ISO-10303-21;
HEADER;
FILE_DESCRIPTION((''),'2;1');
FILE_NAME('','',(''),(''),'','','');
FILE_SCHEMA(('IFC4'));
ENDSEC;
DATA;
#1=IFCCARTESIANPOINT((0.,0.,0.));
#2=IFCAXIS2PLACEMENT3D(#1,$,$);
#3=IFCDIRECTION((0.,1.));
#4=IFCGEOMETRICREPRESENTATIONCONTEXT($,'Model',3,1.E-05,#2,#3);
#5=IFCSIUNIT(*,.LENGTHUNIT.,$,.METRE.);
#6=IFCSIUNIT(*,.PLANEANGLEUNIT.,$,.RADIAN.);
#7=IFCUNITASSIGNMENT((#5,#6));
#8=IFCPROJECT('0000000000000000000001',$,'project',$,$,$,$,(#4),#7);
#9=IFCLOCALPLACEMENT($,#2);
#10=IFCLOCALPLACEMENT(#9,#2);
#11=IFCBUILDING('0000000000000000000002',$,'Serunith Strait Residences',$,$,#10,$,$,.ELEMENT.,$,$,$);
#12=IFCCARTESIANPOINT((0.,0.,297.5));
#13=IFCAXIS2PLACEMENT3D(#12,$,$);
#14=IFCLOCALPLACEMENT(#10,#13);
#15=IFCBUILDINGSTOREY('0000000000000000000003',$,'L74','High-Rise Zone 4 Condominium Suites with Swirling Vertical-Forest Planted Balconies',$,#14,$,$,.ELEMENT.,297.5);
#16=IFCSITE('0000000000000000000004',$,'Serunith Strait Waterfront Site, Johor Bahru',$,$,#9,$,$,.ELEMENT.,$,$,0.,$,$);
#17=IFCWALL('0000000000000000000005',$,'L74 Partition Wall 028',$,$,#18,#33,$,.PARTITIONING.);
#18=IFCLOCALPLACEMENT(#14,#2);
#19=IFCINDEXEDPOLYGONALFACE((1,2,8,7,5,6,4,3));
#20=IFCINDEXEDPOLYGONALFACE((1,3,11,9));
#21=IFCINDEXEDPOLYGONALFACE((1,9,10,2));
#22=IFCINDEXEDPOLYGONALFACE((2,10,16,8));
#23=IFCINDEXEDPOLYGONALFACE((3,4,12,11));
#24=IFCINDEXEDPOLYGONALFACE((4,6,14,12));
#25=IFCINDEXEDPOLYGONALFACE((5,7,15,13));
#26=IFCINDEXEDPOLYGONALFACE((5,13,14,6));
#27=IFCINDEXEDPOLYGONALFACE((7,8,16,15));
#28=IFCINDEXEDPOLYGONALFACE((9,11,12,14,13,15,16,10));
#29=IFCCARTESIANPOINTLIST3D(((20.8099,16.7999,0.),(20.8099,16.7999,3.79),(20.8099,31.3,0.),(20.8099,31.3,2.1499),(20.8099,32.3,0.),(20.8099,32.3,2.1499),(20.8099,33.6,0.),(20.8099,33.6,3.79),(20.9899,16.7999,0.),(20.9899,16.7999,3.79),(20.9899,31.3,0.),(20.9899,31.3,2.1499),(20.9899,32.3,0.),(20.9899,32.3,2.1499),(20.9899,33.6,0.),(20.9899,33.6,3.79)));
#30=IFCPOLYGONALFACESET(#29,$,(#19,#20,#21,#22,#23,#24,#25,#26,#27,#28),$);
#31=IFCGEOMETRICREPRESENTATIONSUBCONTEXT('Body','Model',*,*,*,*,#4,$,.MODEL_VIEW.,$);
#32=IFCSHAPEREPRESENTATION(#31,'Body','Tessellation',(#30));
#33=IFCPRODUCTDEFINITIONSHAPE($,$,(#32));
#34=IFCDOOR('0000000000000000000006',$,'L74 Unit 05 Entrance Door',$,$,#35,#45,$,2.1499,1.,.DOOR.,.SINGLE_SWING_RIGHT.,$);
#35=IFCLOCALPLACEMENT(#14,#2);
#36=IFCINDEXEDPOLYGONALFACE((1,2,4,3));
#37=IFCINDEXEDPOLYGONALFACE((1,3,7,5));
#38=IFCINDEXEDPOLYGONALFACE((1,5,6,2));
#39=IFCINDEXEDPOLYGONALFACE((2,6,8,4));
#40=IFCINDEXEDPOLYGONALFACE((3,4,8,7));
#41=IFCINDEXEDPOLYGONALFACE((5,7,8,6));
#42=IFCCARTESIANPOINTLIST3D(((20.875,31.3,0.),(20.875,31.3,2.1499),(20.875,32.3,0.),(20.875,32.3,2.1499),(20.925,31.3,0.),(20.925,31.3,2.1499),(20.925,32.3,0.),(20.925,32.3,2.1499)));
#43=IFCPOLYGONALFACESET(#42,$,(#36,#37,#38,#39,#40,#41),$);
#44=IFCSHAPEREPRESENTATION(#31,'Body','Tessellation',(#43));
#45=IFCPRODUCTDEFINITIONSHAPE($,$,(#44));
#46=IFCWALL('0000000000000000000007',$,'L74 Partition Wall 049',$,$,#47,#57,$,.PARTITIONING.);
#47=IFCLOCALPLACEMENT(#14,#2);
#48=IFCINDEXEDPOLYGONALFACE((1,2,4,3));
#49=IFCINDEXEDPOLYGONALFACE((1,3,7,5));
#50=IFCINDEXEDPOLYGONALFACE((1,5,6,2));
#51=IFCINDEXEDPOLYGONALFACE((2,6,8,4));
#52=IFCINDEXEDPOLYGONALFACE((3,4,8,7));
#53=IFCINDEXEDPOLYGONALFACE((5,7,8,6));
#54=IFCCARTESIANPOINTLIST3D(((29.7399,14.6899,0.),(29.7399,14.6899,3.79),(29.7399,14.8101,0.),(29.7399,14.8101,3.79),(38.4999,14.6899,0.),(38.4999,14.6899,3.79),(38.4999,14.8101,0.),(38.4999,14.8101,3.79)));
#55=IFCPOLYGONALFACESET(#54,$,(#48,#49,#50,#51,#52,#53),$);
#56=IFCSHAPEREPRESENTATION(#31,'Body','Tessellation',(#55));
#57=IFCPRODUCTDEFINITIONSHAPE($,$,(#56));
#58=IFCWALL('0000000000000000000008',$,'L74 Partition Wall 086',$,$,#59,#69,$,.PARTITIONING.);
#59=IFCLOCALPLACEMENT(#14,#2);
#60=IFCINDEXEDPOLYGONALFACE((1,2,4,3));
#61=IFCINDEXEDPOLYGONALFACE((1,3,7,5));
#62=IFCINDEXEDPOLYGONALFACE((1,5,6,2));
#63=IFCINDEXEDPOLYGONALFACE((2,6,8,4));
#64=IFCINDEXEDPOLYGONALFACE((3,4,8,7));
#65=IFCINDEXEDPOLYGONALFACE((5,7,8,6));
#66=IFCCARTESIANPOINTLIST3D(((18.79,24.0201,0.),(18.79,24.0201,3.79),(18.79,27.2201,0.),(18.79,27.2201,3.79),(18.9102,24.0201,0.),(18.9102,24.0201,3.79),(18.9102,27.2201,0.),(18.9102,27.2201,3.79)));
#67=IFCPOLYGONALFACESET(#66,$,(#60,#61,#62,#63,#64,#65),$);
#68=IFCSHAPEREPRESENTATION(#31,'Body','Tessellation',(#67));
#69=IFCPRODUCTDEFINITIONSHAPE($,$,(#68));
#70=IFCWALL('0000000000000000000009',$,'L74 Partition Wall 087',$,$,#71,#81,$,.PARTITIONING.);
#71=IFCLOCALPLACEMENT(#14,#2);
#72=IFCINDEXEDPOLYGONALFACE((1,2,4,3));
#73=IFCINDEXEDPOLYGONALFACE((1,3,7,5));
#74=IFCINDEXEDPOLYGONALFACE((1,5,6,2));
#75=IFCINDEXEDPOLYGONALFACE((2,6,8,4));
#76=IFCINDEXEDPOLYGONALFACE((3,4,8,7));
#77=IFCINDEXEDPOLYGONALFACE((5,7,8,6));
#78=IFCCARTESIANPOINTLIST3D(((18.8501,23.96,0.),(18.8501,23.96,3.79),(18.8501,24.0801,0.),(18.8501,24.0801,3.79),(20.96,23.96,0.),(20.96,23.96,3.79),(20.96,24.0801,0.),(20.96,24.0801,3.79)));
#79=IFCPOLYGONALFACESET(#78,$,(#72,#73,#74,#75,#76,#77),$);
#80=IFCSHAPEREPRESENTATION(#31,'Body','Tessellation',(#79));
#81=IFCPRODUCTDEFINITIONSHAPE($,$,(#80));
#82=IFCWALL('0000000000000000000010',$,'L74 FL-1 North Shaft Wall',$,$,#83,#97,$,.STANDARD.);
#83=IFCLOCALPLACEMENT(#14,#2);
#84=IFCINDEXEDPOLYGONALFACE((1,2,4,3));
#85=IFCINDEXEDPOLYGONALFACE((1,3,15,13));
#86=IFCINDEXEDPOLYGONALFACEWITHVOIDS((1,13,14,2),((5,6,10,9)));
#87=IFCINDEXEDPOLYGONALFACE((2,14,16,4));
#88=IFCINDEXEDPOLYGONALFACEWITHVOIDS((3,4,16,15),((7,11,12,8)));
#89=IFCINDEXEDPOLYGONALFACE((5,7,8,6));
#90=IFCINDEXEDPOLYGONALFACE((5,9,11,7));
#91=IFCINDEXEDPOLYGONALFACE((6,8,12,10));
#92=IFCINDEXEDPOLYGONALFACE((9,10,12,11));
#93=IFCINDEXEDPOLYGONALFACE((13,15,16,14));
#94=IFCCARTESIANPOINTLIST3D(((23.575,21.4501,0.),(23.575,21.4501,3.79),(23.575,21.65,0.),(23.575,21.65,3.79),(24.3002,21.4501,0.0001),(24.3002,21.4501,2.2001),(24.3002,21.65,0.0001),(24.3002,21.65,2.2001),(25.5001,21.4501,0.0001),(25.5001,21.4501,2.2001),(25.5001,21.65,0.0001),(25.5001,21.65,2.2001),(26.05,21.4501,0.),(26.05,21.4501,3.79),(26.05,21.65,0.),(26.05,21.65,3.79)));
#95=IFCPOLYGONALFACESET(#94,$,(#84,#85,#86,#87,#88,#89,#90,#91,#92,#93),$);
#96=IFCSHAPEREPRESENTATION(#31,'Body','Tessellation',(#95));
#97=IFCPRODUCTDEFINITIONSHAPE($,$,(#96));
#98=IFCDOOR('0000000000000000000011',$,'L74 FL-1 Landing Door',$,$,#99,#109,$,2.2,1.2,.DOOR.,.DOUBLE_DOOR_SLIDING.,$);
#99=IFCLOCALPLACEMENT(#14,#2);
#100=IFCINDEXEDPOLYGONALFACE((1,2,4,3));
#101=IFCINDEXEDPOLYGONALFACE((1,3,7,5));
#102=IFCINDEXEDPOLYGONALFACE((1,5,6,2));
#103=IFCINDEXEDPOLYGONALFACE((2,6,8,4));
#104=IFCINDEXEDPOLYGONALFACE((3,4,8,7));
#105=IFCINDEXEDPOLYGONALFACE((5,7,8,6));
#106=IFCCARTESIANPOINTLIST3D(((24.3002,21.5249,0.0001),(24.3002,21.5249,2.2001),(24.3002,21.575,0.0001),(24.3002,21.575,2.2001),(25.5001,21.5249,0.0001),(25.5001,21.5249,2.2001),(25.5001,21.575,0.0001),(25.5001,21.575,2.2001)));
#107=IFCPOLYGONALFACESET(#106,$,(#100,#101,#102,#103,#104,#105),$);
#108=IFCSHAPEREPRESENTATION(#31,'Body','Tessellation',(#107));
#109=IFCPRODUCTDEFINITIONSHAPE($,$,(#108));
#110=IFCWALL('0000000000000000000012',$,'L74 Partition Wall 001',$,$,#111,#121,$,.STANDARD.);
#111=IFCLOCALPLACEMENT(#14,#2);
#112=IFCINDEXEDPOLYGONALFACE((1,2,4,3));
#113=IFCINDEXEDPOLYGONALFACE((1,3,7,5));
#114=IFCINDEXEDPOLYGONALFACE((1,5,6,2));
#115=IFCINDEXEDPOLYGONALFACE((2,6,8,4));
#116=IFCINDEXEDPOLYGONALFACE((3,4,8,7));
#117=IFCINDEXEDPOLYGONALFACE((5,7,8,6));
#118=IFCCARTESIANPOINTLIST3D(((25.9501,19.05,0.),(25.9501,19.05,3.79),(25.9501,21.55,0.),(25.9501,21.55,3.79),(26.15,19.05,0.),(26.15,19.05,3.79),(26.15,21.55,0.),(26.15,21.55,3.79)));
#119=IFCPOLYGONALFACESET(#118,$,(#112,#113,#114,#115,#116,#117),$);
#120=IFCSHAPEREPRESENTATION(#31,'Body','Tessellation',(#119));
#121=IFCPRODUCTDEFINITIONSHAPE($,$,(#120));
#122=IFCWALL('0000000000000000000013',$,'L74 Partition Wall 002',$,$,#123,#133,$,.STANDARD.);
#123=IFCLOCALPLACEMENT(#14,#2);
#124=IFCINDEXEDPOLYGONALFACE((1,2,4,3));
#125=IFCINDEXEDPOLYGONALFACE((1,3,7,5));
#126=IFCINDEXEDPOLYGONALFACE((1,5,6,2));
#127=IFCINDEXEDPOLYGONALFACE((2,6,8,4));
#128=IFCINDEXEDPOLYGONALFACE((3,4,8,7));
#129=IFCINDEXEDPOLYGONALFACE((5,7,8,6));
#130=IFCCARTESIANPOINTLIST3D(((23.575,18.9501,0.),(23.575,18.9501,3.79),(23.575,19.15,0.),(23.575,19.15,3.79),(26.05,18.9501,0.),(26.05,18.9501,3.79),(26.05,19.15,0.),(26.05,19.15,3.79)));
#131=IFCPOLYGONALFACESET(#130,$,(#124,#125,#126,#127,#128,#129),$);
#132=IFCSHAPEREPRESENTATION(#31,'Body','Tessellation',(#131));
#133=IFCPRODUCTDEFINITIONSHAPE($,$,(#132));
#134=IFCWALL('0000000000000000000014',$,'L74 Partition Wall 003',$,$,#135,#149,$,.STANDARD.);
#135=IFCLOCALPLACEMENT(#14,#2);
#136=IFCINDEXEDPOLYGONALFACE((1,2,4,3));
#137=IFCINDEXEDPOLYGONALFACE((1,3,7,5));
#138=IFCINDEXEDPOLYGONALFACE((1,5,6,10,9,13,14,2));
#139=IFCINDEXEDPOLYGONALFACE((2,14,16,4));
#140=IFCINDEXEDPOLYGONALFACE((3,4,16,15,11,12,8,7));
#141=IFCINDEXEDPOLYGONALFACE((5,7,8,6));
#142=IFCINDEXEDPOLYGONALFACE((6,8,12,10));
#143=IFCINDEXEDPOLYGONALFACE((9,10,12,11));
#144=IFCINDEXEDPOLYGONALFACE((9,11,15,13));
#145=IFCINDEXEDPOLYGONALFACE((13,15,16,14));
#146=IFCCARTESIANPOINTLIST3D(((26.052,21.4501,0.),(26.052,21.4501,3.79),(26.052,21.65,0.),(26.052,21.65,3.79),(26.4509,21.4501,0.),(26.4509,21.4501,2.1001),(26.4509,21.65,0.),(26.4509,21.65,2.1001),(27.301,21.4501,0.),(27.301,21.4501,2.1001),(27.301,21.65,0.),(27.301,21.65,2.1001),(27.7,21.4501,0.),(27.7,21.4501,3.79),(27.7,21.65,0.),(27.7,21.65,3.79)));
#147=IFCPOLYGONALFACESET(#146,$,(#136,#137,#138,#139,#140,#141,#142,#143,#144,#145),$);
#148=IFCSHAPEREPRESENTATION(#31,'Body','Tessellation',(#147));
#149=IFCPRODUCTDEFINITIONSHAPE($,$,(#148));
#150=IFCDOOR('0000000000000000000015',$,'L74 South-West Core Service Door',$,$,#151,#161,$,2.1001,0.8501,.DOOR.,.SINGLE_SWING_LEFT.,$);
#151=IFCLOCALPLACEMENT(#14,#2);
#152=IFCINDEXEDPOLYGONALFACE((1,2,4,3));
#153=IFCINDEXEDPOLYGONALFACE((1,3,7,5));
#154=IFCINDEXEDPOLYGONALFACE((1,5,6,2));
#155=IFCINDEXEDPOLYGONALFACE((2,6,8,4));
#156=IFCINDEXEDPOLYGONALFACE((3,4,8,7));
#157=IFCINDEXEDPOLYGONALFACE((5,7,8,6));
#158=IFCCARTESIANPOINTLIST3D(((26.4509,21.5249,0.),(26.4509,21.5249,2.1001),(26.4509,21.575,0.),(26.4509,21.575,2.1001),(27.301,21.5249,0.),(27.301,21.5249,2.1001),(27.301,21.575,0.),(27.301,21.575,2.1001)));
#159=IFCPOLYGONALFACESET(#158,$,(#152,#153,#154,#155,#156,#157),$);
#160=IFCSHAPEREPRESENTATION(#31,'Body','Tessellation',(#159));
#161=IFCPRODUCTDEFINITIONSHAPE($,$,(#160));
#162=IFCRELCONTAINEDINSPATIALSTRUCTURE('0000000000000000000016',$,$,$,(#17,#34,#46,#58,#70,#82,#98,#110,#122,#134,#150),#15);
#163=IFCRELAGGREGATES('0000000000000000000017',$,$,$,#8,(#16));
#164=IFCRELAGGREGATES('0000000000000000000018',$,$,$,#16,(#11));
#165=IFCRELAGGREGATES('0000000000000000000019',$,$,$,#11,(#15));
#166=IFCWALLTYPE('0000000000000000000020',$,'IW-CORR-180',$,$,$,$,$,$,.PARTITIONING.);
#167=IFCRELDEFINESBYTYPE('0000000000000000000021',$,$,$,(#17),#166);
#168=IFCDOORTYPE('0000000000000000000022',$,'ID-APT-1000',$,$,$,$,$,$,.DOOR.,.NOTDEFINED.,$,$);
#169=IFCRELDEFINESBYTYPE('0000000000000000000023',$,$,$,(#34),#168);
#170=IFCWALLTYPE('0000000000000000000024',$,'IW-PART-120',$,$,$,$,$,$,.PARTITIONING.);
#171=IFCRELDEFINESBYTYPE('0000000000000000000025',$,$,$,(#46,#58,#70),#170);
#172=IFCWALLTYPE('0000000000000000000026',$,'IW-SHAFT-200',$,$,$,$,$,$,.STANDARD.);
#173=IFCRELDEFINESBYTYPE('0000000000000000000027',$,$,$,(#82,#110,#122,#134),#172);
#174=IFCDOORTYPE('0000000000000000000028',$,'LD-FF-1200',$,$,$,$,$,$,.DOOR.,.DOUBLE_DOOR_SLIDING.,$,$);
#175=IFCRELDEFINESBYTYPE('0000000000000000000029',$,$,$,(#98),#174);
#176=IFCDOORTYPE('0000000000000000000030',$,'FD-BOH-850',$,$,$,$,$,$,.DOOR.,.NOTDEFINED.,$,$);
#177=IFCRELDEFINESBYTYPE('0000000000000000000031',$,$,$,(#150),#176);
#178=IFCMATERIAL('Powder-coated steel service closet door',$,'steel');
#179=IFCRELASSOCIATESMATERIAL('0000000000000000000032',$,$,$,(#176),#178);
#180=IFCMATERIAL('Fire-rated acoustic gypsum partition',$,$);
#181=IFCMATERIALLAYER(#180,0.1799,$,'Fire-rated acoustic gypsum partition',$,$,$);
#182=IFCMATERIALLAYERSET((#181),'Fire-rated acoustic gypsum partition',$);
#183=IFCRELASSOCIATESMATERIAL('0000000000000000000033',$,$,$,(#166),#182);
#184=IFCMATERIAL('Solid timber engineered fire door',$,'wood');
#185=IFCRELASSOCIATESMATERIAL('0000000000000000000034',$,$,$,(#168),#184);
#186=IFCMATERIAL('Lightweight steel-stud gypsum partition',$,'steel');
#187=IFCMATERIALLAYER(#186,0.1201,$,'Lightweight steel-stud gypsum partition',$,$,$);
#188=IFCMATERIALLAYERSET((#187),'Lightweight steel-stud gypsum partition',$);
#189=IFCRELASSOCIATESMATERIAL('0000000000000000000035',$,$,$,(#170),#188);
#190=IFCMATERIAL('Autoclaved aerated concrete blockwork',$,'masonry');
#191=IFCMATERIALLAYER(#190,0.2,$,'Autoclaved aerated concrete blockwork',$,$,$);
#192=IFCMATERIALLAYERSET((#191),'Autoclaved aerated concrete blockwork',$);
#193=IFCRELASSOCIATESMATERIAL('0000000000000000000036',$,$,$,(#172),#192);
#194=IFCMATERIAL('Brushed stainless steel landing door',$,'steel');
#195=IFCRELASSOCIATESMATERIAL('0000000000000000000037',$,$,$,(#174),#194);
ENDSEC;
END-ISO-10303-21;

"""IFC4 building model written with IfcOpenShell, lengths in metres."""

from ifc_helpers import new_model, si_unit, direction, frame, frame_2d, origin, place, context, subcontext, project, spatial, rectangle, extrude, source, transform, mapped, material, layer, layer_set, type_object, element, fill, save


model = new_model("IFC4")

# Units and contexts
model_context = context("Model", 3, precision=1e-05, world=origin(), true_north=direction((0.0, 1.0)))
body_context = subcontext(model_context, "Body", "Model", "MODEL_VIEW")
ifc_project = project(units=[si_unit("LENGTHUNIT", "METRE"), si_unit("PLANEANGLEUNIT", "RADIAN")], contexts=[model_context])

# Site, building, storey
site_placement = place(None, origin())
site = spatial("IfcSite", under=ifc_project, at=site_placement, Name="Serunith Strait Waterfront Site, Johor Bahru", CompositionType="ELEMENT", RefElevation=0.0)
building_placement = place(site_placement, origin())
building = spatial("IfcBuilding", under=site, at=building_placement, Name="Serunith Strait Residences", CompositionType="ELEMENT")
storey_placement = place(building_placement, frame((0.0, 0.0, 297.5)))
storey = spatial("IfcBuildingStorey", under=building, at=storey_placement, Name="L74", Description="High-Rise Zone 4 Condominium Suites with Swirling Vertical-Forest Planted Balconies", CompositionType="ELEMENT", Elevation=297.5)

# Wall, opening, door
ifc_material_1 = material(Name="Powder-coated steel service closet door", Category="steel")
door_type_1 = type_object("IfcDoorType", Name="FD-BOH-850", OperationType="NOTDEFINED", PredefinedType="DOOR", material=ifc_material_1)
shared_shape_1 = source(origin(), body_context, "Body", "SweptSolid", [
    extrude(rectangle(XDim=0.8501, YDim=2.1001, at=frame_2d((0.425, 1.05))), frame((0.0, 0.0249, 0.0), z_axis=(0.0, -1.0, 0.0), x_axis=(1.0, 0.0, 0.0)), (0.0, 0.0, 1.0), 0.05),
])
ifc_material_2 = material(Name="Fire-rated acoustic gypsum partition")
ifc_layer_1 = layer(ifc_material_2, 0.1799, Name="Fire-rated acoustic gypsum partition")
ifc_layer_set_1 = layer_set([ifc_layer_1], Name="Fire-rated acoustic gypsum partition")
wall_type_1 = type_object("IfcWallType", Name="IW-CORR-180", PredefinedType="PARTITIONING", material=ifc_layer_set_1)
ifc_material_3 = material(Name="Solid timber engineered fire door", Category="wood")
door_type_2 = type_object("IfcDoorType", Name="ID-APT-1000", OperationType="NOTDEFINED", PredefinedType="DOOR", material=ifc_material_3)
shared_shape_2 = source(origin(), body_context, "Body", "SweptSolid", [
    extrude(rectangle(XDim=1.0, YDim=2.1499, at=frame_2d((0.5, 1.075))), frame((0.0, 0.0249, 0.0), z_axis=(0.0, -1.0, 0.0), x_axis=(1.0, 0.0, 0.0)), (0.0, 0.0, 1.0), 0.05),
])
wall_1_placement = place(storey_placement, frame((20.8999, 16.8, 0.0), z_axis=(0.0, 0.0, 1.0), x_axis=(0.0, 1.0, 0.0)))
wall_1 = element("IfcWall", 1, at=wall_1_placement, inside=storey, type_object=wall_type_1, Name="L74 Partition Wall 028", PredefinedType="PARTITIONING", context=body_context, shape_type="SweptSolid", body=[
    extrude(rectangle(XDim=16.8, YDim=0.1799, at=frame_2d((8.3999, 0.0))), origin(), (0.0, 0.0, 1.0), 3.79),
])
opening_1_placement = place(wall_1_placement, frame((14.5, 0.0, 0.0)))
opening_1 = element("IfcOpeningElement", 2, at=opening_1_placement, cuts=wall_1, PredefinedType="OPENING", context=body_context, shape_type="SweptSolid", body=[
    extrude(rectangle(XDim=1.0, YDim=2.1499, at=frame_2d((0.5, 1.075))), frame((0.0, 0.1001, 0.0), z_axis=(0.0, -1.0, 0.0), x_axis=(1.0, 0.0, 0.0)), (0.0, 0.0, 1.0), 0.2),
])
door_1_placement = place(opening_1_placement, origin())
door_1 = element("IfcDoor", 3, at=door_1_placement, inside=storey, type_object=door_type_2, Name="L74 Unit 05 Entrance Door", OperationType="SINGLE_SWING_RIGHT", OverallHeight=2.1499, OverallWidth=1.0, PredefinedType="DOOR", context=body_context, shape_type="MappedRepresentation", body=[
    mapped(shared_shape_2, transform((0.0, 0.0, 0.0), scale=1.0)),
])
fill(opening_1, door_1)

# Walls
ifc_material_4 = material(Name="Lightweight steel-stud gypsum partition", Category="steel")
ifc_layer_2 = layer(ifc_material_4, 0.1201, Name="Lightweight steel-stud gypsum partition")
ifc_layer_set_2 = layer_set([ifc_layer_2], Name="Lightweight steel-stud gypsum partition")
wall_type_2 = type_object("IfcWallType", Name="IW-PART-120", PredefinedType="PARTITIONING", material=ifc_layer_set_2)
wall_2_placement = place(storey_placement, frame((29.74, 14.75, 0.0), z_axis=(0.0, 0.0, 1.0), x_axis=(1.0, 0.0, 0.0)))
element("IfcWall", 4, at=wall_2_placement, inside=storey, type_object=wall_type_2, Name="L74 Partition Wall 049", PredefinedType="PARTITIONING", context=body_context, shape_type="SweptSolid", body=[
    extrude(rectangle(XDim=8.76, YDim=0.1201, at=frame_2d((4.3799, 0.0))), origin(), (0.0, 0.0, 1.0), 3.79),
])
wall_3_placement = place(storey_placement, frame((18.8501, 24.02, 0.0), z_axis=(0.0, 0.0, 1.0), x_axis=(0.0, 1.0, 0.0)))
element("IfcWall", 5, at=wall_3_placement, inside=storey, type_object=wall_type_2, Name="L74 Partition Wall 086", PredefinedType="PARTITIONING", context=body_context, shape_type="SweptSolid", body=[
    extrude(rectangle(XDim=3.2, YDim=0.1201, at=frame_2d((1.6001, 0.0))), origin(), (0.0, 0.0, 1.0), 3.79),
])
wall_4_placement = place(storey_placement, frame((18.8501, 24.02, 0.0), z_axis=(0.0, 0.0, 1.0), x_axis=(1.0, 0.0, 0.0)))
element("IfcWall", 6, at=wall_4_placement, inside=storey, type_object=wall_type_2, Name="L74 Partition Wall 087", PredefinedType="PARTITIONING", context=body_context, shape_type="SweptSolid", body=[
    extrude(rectangle(XDim=2.1099, YDim=0.1201, at=frame_2d((1.0549, 0.0))), origin(), (0.0, 0.0, 1.0), 3.79),
])

# Wall, opening, door
ifc_material_5 = material(Name="Autoclaved aerated concrete blockwork", Category="masonry")
ifc_layer_3 = layer(ifc_material_5, 0.2, Name="Autoclaved aerated concrete blockwork")
ifc_layer_set_3 = layer_set([ifc_layer_3], Name="Autoclaved aerated concrete blockwork")
wall_type_3 = type_object("IfcWallType", Name="IW-SHAFT-200", PredefinedType="STANDARD", material=ifc_layer_set_3)
wall_5_placement = place(storey_placement, frame((23.575, 21.55, 0.0), z_axis=(0.0, 0.0, 1.0), x_axis=(1.0, 0.0, 0.0)))
wall_5 = element("IfcWall", 7, at=wall_5_placement, inside=storey, type_object=wall_type_3, Name="L74 FL-1 North Shaft Wall", PredefinedType="STANDARD", context=body_context, shape_type="SweptSolid", body=[
    extrude(rectangle(XDim=2.4751, YDim=0.2, at=frame_2d((1.2375, 0.0))), origin(), (0.0, 0.0, 1.0), 3.79),
])
opening_2_placement = place(wall_5_placement, frame((0.7251, 0.0, 0.0)))
opening_2 = element("IfcOpeningElement", 8, at=opening_2_placement, cuts=wall_5, PredefinedType="OPENING", context=body_context, shape_type="SweptSolid", body=[
    extrude(rectangle(XDim=1.2, YDim=2.2, at=frame_2d((0.6001, 1.1001))), frame((0.0, 0.1099, 0.0), z_axis=(0.0, -1.0, 0.0), x_axis=(1.0, 0.0, 0.0)), (0.0, 0.0, 1.0), 0.22),
])
ifc_material_6 = material(Name="Brushed stainless steel landing door", Category="steel")
door_type_3 = type_object("IfcDoorType", Name="LD-FF-1200", OperationType="DOUBLE_DOOR_SLIDING", PredefinedType="DOOR", material=ifc_material_6)
shared_shape_3 = source(origin(), body_context, "Body", "SweptSolid", [
    extrude(rectangle(XDim=1.2, YDim=2.2, at=frame_2d((0.6001, 1.1001))), frame((0.0, 0.0249, 0.0), z_axis=(0.0, -1.0, 0.0), x_axis=(1.0, 0.0, 0.0)), (0.0, 0.0, 1.0), 0.05),
])
door_2_placement = place(opening_2_placement, origin())
door_2 = element("IfcDoor", 9, at=door_2_placement, inside=storey, type_object=door_type_3, Name="L74 FL-1 Landing Door", OperationType="DOUBLE_DOOR_SLIDING", OverallHeight=2.2, OverallWidth=1.2, PredefinedType="DOOR", context=body_context, shape_type="MappedRepresentation", body=[
    mapped(shared_shape_3, transform((0.0, 0.0, 0.0), scale=1.0)),
])
fill(opening_2, door_2)

# Walls
wall_6_placement = place(storey_placement, frame((26.05, 19.05, 0.0), z_axis=(0.0, 0.0, 1.0), x_axis=(0.0, 1.0, 0.0)))
element("IfcWall", 10, at=wall_6_placement, inside=storey, type_object=wall_type_3, Name="L74 Partition Wall 001", PredefinedType="STANDARD", context=body_context, shape_type="SweptSolid", body=[
    extrude(rectangle(XDim=2.5, YDim=0.2, at=frame_2d((1.25, 0.0))), origin(), (0.0, 0.0, 1.0), 3.79),
])
wall_7_placement = place(storey_placement, frame((23.575, 19.05, 0.0), z_axis=(0.0, 0.0, 1.0), x_axis=(1.0, 0.0, 0.0)))
element("IfcWall", 11, at=wall_7_placement, inside=storey, type_object=wall_type_3, Name="L74 Partition Wall 002", PredefinedType="STANDARD", context=body_context, shape_type="SweptSolid", body=[
    extrude(rectangle(XDim=2.4751, YDim=0.2, at=frame_2d((1.2375, 0.0))), origin(), (0.0, 0.0, 1.0), 3.79),
])

# Wall, opening, door
wall_8_placement = place(storey_placement, frame((26.052, 21.55, 0.0), z_axis=(0.0, 0.0, 1.0), x_axis=(1.0, 0.0, 0.0)))
wall_8 = element("IfcWall", 12, at=wall_8_placement, inside=storey, type_object=wall_type_3, Name="L74 Partition Wall 003", PredefinedType="STANDARD", context=body_context, shape_type="SweptSolid", body=[
    extrude(rectangle(XDim=1.6479, YDim=0.2, at=frame_2d((0.824, 0.0))), origin(), (0.0, 0.0, 1.0), 3.79),
])
opening_3_placement = place(wall_8_placement, frame((0.3989, 0.0, 0.0)))
opening_3 = element("IfcOpeningElement", 13, at=opening_3_placement, cuts=wall_8, PredefinedType="OPENING", context=body_context, shape_type="SweptSolid", body=[
    extrude(rectangle(XDim=0.8501, YDim=2.1001, at=frame_2d((0.425, 1.05))), frame((0.0, 0.1099, 0.0), z_axis=(0.0, -1.0, 0.0), x_axis=(1.0, 0.0, 0.0)), (0.0, 0.0, 1.0), 0.22),
])
door_3_placement = place(opening_3_placement, origin())
door_3 = element("IfcDoor", 14, at=door_3_placement, inside=storey, type_object=door_type_1, Name="L74 South-West Core Service Door", OperationType="SINGLE_SWING_LEFT", OverallHeight=2.1001, OverallWidth=0.8501, PredefinedType="DOOR", context=body_context, shape_type="MappedRepresentation", body=[
    mapped(shared_shape_1, transform((0.0, 0.0, 0.0), scale=1.0)),
])
fill(opening_3, door_3)

save(model, "model.ifc")
